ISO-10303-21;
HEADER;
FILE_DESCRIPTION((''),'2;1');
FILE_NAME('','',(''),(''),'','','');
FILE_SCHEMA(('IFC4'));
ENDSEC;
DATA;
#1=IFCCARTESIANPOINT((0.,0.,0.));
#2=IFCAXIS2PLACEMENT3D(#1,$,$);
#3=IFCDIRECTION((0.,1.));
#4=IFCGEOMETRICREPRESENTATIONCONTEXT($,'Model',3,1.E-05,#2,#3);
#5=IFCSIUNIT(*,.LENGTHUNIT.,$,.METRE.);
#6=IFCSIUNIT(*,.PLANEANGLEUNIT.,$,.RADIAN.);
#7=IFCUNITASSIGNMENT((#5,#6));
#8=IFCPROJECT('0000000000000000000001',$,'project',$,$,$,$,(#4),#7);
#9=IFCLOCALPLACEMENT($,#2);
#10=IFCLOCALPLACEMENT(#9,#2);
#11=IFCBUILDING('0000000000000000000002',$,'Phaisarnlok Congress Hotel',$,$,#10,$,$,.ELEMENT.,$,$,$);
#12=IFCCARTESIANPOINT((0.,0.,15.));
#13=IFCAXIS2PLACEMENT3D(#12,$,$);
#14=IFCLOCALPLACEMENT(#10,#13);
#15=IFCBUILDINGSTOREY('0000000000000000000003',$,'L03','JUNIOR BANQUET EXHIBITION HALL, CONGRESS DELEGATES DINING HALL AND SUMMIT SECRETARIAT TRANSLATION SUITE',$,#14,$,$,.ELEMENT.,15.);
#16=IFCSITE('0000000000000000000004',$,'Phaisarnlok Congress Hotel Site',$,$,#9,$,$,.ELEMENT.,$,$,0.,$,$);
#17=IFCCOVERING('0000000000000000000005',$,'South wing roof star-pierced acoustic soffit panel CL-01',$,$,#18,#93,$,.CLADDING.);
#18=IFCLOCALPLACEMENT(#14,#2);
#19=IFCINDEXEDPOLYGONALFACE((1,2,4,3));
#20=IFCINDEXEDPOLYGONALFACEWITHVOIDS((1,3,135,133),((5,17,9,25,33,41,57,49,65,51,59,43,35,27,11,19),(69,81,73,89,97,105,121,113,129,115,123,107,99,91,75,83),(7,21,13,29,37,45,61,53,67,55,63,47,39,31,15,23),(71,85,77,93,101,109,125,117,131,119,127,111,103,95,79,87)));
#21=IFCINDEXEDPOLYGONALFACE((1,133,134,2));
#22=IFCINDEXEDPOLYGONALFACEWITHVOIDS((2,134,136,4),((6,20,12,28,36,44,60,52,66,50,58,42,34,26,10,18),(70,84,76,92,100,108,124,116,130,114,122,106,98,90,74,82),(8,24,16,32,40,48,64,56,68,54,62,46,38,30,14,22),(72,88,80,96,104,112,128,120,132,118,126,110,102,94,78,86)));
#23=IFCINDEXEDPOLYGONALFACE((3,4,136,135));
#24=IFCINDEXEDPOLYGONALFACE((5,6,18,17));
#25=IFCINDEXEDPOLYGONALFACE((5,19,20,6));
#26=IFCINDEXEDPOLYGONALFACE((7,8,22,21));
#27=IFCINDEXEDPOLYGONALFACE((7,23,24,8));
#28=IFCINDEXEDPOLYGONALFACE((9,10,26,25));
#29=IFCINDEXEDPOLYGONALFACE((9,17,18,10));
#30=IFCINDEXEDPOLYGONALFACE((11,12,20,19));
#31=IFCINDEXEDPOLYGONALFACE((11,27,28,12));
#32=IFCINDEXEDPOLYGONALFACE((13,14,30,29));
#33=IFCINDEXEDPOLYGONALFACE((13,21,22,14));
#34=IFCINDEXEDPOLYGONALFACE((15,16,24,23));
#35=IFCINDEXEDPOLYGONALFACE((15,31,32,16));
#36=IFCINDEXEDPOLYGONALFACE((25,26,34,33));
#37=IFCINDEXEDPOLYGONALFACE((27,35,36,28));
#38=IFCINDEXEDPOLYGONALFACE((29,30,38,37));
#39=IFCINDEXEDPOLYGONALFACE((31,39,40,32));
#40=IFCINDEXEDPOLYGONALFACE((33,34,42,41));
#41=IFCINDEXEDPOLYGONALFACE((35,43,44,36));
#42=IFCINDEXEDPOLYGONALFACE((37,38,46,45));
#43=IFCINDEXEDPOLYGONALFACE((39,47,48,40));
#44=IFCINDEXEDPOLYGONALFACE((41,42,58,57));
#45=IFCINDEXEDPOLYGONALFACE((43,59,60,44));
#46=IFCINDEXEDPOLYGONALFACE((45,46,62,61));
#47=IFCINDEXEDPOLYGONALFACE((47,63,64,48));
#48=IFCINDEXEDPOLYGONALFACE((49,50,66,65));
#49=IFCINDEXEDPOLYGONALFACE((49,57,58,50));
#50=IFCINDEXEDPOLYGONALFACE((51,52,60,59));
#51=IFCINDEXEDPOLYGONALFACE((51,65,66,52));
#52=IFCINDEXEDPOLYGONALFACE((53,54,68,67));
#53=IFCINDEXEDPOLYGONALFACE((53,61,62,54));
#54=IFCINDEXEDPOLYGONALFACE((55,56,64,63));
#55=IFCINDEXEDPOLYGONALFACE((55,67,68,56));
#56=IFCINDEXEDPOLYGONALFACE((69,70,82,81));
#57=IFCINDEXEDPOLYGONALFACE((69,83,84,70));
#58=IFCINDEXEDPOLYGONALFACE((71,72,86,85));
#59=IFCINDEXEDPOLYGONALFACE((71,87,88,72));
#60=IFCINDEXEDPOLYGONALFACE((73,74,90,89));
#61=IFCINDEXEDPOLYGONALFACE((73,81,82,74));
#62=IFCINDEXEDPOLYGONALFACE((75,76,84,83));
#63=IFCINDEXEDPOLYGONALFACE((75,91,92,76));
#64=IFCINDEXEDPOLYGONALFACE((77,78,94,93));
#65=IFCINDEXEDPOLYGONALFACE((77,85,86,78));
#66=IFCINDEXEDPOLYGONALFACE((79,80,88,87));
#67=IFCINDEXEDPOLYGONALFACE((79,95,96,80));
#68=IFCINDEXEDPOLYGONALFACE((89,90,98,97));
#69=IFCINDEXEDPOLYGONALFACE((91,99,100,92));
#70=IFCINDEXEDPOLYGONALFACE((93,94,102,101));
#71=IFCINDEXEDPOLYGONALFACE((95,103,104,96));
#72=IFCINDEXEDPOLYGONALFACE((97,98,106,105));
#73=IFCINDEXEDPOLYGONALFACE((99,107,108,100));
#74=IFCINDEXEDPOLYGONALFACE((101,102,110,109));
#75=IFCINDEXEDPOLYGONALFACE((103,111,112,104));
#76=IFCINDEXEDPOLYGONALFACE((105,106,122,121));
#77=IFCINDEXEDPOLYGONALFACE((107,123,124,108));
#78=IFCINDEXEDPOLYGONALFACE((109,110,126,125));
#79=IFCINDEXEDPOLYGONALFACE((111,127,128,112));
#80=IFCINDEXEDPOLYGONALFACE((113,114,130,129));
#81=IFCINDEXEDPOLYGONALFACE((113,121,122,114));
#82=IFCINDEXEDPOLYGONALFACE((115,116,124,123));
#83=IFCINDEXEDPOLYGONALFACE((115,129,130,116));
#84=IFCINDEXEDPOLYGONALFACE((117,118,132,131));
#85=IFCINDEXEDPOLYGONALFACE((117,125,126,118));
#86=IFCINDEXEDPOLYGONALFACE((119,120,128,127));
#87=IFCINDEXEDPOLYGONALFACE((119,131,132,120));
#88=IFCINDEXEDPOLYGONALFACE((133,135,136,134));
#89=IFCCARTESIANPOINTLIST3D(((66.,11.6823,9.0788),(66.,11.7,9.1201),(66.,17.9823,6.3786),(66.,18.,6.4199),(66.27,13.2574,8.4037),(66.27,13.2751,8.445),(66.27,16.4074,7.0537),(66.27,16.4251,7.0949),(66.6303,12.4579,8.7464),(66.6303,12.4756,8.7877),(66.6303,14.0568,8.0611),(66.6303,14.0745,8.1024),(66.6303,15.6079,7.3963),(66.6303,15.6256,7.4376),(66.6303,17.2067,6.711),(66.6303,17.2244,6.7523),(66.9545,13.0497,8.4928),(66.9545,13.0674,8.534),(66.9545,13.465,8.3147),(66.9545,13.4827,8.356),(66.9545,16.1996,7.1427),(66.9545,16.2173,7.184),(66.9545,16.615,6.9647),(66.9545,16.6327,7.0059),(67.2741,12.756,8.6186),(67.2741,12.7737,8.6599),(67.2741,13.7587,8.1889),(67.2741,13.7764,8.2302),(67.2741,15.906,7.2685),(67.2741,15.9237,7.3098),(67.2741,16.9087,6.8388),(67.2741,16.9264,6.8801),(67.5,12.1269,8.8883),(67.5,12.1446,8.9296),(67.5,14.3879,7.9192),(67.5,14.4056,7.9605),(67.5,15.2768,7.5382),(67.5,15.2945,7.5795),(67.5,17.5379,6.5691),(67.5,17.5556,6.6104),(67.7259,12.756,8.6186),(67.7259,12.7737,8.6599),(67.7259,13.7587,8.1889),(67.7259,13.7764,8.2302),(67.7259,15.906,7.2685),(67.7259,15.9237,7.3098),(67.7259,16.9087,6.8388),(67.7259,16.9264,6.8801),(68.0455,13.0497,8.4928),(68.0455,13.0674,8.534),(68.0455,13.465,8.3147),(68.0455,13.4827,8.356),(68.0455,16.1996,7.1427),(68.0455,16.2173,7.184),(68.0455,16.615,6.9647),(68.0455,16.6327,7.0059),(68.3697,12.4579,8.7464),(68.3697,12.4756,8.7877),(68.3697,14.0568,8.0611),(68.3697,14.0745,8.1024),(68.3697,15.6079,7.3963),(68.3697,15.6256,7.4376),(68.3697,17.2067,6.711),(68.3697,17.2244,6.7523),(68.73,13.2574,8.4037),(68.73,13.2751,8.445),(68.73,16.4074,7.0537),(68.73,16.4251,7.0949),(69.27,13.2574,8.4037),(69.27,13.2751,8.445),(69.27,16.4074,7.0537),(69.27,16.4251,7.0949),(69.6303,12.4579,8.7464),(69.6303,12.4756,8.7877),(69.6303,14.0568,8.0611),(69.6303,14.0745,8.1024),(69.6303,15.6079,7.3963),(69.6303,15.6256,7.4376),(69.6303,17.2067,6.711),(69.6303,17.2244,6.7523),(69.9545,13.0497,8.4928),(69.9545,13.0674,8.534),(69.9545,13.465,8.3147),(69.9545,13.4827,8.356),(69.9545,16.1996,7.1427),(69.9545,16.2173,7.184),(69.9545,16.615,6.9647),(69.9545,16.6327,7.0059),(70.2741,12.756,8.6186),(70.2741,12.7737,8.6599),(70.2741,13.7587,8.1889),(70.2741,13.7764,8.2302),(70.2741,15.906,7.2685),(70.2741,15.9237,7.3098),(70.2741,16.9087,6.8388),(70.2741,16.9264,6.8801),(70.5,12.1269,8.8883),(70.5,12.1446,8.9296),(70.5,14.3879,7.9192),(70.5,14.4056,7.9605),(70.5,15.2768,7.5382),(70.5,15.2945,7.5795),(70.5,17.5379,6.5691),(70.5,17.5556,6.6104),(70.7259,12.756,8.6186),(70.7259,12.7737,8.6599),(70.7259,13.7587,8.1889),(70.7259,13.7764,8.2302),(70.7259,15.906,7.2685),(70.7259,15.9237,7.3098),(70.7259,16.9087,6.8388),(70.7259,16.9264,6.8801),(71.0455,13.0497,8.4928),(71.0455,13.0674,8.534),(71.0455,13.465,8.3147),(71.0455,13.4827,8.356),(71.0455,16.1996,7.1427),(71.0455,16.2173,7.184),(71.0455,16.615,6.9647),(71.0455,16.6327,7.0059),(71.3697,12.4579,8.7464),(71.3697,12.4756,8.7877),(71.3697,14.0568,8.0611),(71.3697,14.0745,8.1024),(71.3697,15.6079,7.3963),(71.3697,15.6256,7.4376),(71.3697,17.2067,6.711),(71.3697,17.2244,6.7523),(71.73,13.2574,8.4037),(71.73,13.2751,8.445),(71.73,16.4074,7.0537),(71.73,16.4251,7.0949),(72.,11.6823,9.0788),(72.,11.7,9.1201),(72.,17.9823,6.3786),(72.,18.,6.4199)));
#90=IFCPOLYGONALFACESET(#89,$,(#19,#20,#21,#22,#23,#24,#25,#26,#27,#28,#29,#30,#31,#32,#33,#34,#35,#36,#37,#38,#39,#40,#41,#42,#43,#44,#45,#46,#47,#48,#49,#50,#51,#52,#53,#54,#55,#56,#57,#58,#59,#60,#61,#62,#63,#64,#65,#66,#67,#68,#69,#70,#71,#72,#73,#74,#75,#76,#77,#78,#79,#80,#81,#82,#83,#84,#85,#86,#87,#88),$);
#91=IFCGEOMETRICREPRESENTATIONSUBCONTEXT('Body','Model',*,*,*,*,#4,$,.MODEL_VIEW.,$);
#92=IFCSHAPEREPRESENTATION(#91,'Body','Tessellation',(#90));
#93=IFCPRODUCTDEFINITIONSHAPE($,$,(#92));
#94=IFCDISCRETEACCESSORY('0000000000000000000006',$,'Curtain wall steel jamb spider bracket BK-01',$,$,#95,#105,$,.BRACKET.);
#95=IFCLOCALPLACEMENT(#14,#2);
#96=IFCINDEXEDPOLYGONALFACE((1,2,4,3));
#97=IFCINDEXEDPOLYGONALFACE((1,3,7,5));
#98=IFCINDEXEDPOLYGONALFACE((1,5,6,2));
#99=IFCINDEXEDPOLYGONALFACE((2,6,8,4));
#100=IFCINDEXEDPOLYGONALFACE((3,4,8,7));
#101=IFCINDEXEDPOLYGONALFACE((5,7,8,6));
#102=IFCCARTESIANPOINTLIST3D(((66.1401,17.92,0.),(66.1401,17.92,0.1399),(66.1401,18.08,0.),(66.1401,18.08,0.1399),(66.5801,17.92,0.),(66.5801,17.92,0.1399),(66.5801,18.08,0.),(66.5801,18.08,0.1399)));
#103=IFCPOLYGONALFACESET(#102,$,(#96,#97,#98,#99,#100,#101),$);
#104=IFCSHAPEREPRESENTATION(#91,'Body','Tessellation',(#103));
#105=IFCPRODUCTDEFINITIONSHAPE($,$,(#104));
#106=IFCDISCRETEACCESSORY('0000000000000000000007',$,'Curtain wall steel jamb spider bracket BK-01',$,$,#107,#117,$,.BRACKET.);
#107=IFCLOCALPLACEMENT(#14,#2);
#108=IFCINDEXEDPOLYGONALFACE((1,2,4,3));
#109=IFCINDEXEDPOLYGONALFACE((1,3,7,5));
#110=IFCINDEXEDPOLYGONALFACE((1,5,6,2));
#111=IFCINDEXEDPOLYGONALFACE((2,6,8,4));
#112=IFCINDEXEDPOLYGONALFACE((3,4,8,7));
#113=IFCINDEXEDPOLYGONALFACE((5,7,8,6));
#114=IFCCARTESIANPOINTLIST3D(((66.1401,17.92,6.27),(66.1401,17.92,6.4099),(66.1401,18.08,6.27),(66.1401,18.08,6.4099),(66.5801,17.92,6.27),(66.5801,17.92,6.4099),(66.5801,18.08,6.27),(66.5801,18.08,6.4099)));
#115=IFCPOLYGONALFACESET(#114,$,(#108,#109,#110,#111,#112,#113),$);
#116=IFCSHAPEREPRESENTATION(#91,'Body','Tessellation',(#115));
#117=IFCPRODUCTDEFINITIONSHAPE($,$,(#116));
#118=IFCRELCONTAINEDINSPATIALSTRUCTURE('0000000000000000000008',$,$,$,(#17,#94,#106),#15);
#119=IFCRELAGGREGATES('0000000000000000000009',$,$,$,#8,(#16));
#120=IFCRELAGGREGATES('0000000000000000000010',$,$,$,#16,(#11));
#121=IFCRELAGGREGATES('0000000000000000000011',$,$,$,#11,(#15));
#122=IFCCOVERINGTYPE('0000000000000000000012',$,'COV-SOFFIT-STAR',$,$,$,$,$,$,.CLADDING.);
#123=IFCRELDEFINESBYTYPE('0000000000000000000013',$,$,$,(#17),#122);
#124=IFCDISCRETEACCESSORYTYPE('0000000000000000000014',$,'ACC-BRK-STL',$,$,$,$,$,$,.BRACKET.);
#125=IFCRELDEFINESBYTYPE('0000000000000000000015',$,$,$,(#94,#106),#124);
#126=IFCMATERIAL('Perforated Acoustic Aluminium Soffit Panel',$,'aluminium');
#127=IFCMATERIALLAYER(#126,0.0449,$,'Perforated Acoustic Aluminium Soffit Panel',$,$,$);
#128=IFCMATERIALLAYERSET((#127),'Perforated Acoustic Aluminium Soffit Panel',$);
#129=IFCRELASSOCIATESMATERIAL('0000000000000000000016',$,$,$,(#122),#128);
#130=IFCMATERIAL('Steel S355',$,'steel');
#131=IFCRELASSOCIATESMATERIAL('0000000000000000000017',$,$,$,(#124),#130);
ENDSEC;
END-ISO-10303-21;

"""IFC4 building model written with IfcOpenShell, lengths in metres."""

from ifc_helpers import new_model, si_unit, direction, frame, origin, origin_2d, place, context, subcontext, project, spatial, polyline, rectangle, outline, extrude, material, layer, layer_set, type_object, element, save


model = new_model("IFC4")

# Units and contexts
model_context = context("Model", 3, precision=1e-05, world=origin(), true_north=direction((0.0, 1.0)))
body_context = subcontext(model_context, "Body", "Model", "MODEL_VIEW")
ifc_project = project(units=[si_unit("LENGTHUNIT", "METRE"), si_unit("PLANEANGLEUNIT", "RADIAN")], contexts=[model_context])

# Site, building, storey
site_placement = place(None, origin())
site = spatial("IfcSite", under=ifc_project, at=site_placement, Name="Phaisarnlok Congress Hotel Site", CompositionType="ELEMENT", RefElevation=0.0)
building_placement = place(site_placement, origin())
building = spatial("IfcBuilding", under=site, at=building_placement, Name="Phaisarnlok Congress Hotel", CompositionType="ELEMENT")
storey_placement = place(building_placement, frame((0.0, 0.0, 15.0)))
storey = spatial("IfcBuildingStorey", under=building, at=storey_placement, Name="L03", Description="JUNIOR BANQUET EXHIBITION HALL, CONGRESS DELEGATES DINING HALL AND SUMMIT SECRETARIAT TRANSLATION SUITE", CompositionType="ELEMENT", Elevation=15.0)

# Shared definitions
ifc_material_1 = material(Name="Steel S355", Category="steel")

# Covering
ifc_material_2 = material(Name="Perforated Acoustic Aluminium Soffit Panel", Category="aluminium")
ifc_layer_1 = layer(ifc_material_2, 0.0449, Name="Perforated Acoustic Aluminium Soffit Panel")
ifc_layer_set_1 = layer_set([ifc_layer_1], Name="Perforated Acoustic Aluminium Soffit Panel")
covering_type = type_object("IfcCoveringType", Name="COV-SOFFIT-STAR", PredefinedType="CLADDING", material=ifc_layer_set_1)
covering_1_placement = place(storey_placement, frame((66.0, 18.0, 6.4199), z_axis=(0.0, -0.393941, -0.919136), x_axis=(1.0, 0.0, 0.0)))
element("IfcCovering", 1, at=covering_1_placement, inside=storey, type_object=covering_type, Name="South wing roof star-pierced acoustic soffit panel CL-01", PredefinedType="CLADDING", context=body_context, shape_type="SweptSolid", body=[
    extrude(outline(polyline([(0.0, 0.0), (6.0, 0.0), (6.0, 6.8543), (0.0, 6.8543), (0.0, 0.0)]), holes=[polyline([(2.0455, 1.4876), (2.3697, 0.8438), (1.7259, 1.1681), (1.5, 0.4835), (1.2741, 1.1681), (0.6303, 0.8438), (0.9545, 1.4876), (0.27, 1.7135), (0.9545, 1.9395), (0.6303, 2.5833), (1.2741, 2.259), (1.5, 2.9435), (1.7259, 2.259), (2.3697, 2.5833), (2.0455, 1.9395), (2.73, 1.7135), (2.0455, 1.4876)]), polyline([(2.0455, 4.9147), (2.3697, 4.2709), (1.7259, 4.5952), (1.5, 3.9106), (1.2741, 4.5952), (0.6303, 4.2709), (0.9545, 4.9147), (0.27, 5.1406), (0.9545, 5.3666), (0.6303, 6.0104), (1.2741, 5.6861), (1.5, 6.3706), (1.7259, 5.6861), (2.3697, 6.0104), (2.0455, 5.3666), (2.73, 5.1406), (2.0455, 4.9147)]), polyline([(5.0455, 1.4876), (5.3697, 0.8438), (4.7259, 1.1681), (4.5, 0.4835), (4.2741, 1.1681), (3.6303, 0.8438), (3.9545, 1.4876), (3.27, 1.7135), (3.9545, 1.9395), (3.6303, 2.5833), (4.2741, 2.259), (4.5, 2.9435), (4.7259, 2.259), (5.3697, 2.5833), (5.0455, 1.9395), (5.73, 1.7135), (5.0455, 1.4876)]), polyline([(5.0455, 4.9147), (5.3697, 4.2709), (4.7259, 4.5952), (4.5, 3.9106), (4.2741, 4.5952), (3.6303, 4.2709), (3.9545, 4.9147), (3.27, 5.1406), (3.9545, 5.3666), (3.6303, 6.0104), (4.2741, 5.6861), (4.5, 6.3706), (4.7259, 5.6861), (5.3697, 6.0104), (5.0455, 5.3666), (5.73, 5.1406), (5.0455, 4.9147)])]), origin(), (0.0, 0.0, 1.0), 0.0449),
])

# Discrete accessories
discrete_accessory_type = type_object("IfcDiscreteAccessoryType", Name="ACC-BRK-STL", PredefinedType="BRACKET", material=ifc_material_1)
for number, where, z_axis, x_axis, name in (
    (2, (66.3601, 18.0, 0.0), (0.0, 0.0, 1.0), (1.0, 0.0, 0.0), "Curtain wall steel jamb spider bracket BK-01"),
    (3, (66.3601, 18.0, 6.27), (0.0, 0.0, 1.0), (1.0, 0.0, 0.0), "Curtain wall steel jamb spider bracket BK-01"),
):
    element("IfcDiscreteAccessory", number, at=place(storey_placement, frame(where, z_axis=z_axis, x_axis=x_axis)), inside=storey, type_object=discrete_accessory_type, Name=name, PredefinedType="BRACKET", context=body_context, shape_type="SweptSolid", body=[
        extrude(rectangle(XDim=0.4399, YDim=0.1599, at=origin_2d()), origin(), (0.0, 0.0, 1.0), 0.1399),
    ])

save(model, "model.ifc")
